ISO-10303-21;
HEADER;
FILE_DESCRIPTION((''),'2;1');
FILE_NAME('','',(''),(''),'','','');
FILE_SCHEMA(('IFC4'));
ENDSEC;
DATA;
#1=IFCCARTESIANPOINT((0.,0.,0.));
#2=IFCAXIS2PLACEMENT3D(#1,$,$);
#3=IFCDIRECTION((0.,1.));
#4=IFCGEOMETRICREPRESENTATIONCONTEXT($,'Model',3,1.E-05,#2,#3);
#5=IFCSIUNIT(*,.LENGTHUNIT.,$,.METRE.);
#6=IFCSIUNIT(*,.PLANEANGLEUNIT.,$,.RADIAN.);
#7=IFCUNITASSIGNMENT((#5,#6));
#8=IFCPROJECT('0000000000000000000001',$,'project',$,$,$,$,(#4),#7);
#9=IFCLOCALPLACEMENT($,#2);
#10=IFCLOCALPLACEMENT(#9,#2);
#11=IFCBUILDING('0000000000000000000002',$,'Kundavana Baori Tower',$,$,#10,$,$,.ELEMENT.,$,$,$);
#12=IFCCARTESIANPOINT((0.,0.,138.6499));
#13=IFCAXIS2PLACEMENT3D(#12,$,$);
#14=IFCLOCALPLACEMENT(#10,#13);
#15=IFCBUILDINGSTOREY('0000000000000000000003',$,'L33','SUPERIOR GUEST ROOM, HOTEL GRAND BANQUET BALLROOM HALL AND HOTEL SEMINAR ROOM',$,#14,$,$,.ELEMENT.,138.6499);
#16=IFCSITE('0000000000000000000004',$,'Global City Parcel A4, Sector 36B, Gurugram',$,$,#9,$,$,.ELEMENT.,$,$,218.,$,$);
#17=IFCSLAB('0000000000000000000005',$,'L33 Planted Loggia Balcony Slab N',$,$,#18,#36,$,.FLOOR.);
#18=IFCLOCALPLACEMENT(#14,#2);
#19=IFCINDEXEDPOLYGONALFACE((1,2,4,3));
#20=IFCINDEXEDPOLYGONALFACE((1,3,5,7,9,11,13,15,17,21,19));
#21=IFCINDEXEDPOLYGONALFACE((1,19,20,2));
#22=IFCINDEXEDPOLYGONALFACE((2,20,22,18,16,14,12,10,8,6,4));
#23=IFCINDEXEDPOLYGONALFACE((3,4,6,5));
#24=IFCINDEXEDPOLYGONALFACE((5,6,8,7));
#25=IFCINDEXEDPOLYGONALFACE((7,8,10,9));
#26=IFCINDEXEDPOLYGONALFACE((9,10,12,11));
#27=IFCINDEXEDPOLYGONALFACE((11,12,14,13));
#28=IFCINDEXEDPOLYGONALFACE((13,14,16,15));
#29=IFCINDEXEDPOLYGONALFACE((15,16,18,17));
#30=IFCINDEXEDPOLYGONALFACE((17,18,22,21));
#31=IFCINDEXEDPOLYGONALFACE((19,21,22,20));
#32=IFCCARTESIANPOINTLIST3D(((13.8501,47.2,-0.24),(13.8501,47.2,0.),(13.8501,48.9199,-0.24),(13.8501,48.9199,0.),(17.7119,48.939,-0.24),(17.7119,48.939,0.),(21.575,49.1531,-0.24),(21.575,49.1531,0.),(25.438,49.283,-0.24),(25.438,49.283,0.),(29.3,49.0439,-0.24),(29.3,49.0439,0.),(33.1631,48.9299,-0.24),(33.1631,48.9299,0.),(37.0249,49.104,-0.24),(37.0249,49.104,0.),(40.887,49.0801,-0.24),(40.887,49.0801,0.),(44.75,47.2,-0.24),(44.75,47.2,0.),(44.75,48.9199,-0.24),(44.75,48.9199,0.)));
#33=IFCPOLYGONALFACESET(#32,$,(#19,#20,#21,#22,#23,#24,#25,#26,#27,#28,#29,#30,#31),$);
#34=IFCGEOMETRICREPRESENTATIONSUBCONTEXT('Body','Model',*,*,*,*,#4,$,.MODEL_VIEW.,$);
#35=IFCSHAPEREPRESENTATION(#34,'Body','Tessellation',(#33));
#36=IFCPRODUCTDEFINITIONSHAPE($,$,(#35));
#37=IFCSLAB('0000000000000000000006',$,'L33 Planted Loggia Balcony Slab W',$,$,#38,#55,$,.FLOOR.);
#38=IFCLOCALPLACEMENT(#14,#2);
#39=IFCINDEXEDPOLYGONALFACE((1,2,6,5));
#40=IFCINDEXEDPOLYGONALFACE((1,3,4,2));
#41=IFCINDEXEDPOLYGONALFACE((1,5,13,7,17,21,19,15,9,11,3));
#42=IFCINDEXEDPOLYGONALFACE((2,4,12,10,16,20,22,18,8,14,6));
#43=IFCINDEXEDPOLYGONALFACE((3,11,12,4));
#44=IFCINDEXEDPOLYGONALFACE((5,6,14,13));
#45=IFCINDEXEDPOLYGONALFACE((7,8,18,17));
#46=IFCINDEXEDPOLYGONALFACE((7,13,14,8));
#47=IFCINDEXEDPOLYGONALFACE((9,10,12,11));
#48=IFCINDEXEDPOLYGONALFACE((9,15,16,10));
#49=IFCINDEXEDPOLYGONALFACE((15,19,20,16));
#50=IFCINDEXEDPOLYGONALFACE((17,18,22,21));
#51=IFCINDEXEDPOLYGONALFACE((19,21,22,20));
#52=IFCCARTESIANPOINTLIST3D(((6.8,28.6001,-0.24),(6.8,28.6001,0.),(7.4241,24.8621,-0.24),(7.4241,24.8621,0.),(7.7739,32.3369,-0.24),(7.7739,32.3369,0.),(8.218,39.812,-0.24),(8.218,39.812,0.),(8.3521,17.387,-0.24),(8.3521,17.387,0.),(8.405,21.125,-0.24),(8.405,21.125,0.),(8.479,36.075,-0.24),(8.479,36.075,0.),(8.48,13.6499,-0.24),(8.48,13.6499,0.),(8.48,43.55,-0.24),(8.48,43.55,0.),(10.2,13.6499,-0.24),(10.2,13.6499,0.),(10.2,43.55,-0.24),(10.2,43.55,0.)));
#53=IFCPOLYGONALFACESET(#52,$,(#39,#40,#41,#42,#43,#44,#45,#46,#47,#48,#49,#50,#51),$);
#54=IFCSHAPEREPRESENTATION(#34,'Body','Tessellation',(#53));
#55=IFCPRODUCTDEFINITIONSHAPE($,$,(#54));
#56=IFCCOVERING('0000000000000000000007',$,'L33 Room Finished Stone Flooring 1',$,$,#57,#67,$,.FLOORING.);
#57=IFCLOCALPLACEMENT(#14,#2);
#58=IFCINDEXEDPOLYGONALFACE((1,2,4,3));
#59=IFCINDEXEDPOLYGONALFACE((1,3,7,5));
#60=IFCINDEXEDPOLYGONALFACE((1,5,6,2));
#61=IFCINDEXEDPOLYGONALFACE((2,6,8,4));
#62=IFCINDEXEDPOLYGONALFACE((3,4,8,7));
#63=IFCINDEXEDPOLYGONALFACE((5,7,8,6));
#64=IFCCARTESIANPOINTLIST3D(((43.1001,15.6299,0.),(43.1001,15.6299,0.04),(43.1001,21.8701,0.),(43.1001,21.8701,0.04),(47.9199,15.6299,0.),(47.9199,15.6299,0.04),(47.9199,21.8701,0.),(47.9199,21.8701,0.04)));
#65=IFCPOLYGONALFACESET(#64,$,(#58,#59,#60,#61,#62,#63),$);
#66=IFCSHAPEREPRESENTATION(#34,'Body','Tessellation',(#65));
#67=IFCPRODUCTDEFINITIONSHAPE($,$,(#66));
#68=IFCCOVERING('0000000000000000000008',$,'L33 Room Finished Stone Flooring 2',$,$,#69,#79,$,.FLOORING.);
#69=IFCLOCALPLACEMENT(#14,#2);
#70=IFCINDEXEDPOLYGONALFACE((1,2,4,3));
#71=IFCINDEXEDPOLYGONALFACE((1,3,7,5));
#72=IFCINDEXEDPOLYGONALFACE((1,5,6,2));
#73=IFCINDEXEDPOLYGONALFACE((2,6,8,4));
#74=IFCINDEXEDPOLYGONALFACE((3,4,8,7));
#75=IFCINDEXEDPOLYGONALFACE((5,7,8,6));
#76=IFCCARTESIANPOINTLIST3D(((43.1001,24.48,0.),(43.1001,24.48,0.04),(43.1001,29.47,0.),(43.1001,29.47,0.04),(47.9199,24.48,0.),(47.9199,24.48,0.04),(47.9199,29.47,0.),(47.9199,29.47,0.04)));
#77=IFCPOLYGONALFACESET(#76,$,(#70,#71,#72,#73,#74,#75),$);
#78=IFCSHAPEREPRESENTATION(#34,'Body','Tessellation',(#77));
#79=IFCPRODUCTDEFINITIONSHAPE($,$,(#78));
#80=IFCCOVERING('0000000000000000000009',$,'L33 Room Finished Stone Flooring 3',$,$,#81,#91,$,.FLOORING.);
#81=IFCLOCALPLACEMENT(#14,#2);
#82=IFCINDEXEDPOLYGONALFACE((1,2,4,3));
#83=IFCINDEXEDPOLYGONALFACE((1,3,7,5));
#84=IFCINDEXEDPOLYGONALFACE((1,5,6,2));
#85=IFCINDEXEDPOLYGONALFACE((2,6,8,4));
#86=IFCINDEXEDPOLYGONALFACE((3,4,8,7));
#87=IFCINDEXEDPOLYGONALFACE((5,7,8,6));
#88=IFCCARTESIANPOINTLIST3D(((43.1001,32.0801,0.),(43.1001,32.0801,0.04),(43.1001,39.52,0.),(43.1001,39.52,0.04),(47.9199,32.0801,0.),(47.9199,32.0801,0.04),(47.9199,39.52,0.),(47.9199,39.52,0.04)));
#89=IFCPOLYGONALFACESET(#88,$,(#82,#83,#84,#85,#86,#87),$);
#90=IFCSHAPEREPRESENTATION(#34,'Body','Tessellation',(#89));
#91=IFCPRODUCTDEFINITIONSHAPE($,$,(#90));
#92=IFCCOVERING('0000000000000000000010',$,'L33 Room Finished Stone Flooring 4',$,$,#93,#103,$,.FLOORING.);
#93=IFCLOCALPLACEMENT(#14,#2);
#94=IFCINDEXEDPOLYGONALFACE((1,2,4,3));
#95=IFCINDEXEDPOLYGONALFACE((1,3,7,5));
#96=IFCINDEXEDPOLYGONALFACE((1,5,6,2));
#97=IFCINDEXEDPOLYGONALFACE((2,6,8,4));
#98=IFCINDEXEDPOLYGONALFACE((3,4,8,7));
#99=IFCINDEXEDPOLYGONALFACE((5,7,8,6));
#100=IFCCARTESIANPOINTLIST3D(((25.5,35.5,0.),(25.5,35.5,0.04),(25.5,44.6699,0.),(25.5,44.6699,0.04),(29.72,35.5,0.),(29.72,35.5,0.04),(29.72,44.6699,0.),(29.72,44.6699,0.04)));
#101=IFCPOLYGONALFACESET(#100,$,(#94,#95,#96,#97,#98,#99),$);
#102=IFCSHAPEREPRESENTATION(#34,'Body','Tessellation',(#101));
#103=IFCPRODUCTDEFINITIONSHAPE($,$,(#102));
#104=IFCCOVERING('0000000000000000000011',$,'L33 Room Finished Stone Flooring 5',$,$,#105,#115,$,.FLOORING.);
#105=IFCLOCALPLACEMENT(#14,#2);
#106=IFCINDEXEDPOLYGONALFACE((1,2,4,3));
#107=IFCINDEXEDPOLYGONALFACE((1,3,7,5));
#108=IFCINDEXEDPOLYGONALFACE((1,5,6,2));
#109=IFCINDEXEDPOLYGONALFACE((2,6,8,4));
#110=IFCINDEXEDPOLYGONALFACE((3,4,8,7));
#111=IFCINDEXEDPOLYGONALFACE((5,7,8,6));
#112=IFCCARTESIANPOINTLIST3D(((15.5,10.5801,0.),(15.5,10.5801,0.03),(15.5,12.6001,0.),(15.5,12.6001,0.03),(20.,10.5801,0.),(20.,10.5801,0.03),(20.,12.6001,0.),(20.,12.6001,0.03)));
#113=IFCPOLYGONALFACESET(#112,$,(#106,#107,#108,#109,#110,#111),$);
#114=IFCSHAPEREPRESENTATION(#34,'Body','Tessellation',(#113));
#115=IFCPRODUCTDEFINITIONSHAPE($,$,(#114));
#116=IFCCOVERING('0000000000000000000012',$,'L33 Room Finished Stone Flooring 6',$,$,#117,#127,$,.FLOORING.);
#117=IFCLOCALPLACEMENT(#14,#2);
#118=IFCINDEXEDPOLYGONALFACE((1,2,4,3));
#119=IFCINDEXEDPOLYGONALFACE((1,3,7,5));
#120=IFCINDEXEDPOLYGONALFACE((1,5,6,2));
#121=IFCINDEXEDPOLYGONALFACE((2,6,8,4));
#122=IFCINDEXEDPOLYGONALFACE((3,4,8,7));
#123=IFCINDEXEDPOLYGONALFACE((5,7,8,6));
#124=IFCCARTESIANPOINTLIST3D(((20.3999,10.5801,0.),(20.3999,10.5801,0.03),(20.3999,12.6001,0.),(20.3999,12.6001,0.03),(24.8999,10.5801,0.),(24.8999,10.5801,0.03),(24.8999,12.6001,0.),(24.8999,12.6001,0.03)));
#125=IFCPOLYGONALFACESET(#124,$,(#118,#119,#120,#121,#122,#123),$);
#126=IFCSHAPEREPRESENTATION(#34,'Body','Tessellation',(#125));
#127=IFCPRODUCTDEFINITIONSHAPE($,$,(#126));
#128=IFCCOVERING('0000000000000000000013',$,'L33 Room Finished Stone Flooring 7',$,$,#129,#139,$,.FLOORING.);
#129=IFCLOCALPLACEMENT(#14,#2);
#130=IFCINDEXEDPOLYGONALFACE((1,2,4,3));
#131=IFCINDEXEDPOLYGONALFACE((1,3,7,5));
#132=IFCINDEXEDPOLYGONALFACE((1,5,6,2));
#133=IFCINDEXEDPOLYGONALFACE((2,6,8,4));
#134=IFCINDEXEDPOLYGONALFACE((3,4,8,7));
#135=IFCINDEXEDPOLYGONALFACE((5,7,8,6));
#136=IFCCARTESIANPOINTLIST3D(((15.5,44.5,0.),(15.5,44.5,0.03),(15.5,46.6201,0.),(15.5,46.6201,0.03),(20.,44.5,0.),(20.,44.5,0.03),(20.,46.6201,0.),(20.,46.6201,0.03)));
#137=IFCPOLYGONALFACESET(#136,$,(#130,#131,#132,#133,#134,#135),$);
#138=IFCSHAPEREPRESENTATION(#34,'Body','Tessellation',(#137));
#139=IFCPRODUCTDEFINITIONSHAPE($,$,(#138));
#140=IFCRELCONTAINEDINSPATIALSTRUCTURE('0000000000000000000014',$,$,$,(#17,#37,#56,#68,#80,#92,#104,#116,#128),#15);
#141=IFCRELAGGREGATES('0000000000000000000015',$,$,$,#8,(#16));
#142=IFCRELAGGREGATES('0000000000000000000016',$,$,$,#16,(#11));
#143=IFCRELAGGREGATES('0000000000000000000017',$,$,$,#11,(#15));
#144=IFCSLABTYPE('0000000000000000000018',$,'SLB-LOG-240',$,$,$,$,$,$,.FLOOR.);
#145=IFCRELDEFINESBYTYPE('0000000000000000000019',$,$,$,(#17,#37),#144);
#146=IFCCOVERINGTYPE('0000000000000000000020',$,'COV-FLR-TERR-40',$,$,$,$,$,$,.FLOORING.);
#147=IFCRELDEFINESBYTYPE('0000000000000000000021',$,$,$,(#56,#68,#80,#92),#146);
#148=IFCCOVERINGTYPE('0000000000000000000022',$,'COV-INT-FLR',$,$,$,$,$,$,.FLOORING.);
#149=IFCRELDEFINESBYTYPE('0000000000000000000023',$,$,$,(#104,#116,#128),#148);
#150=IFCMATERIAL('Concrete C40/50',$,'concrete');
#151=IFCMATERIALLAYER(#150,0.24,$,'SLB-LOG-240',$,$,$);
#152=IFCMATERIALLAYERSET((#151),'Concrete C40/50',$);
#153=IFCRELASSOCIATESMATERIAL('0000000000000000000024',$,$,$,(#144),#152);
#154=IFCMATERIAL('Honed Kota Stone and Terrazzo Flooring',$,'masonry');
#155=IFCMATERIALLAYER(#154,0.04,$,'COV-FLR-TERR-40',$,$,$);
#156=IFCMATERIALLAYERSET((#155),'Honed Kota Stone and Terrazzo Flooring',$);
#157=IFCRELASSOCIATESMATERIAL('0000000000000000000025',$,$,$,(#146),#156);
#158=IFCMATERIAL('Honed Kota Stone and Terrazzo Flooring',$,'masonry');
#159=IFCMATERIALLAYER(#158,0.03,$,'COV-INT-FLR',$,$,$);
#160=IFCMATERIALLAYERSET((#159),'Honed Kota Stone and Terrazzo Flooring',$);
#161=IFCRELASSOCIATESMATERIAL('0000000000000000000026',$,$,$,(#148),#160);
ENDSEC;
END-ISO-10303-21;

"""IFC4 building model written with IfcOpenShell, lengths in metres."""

from ifc_helpers import new_model, si_unit, direction, frame, origin, place, context, subcontext, project, spatial, polyline, outline, extrude, material, layer, layer_set, type_object, element, save


model = new_model("IFC4")

# Units and contexts
model_context = context("Model", 3, precision=1e-05, world=origin(), true_north=direction((0.0, 1.0)))
body_context = subcontext(model_context, "Body", "Model", "MODEL_VIEW")
ifc_project = project(units=[si_unit("LENGTHUNIT", "METRE"), si_unit("PLANEANGLEUNIT", "RADIAN")], contexts=[model_context])

# Site, building, storey
site_placement = place(None, origin())
site = spatial("IfcSite", under=ifc_project, at=site_placement, Name="Global City Parcel A4, Sector 36B, Gurugram", CompositionType="ELEMENT", RefElevation=218.0)
building_placement = place(site_placement, origin())
building = spatial("IfcBuilding", under=site, at=building_placement, Name="Kundavana Baori Tower", CompositionType="ELEMENT")
storey_placement = place(building_placement, frame((0.0, 0.0, 138.6499)))
storey = spatial("IfcBuildingStorey", under=building, at=storey_placement, Name="L33", Description="SUPERIOR GUEST ROOM, HOTEL GRAND BANQUET BALLROOM HALL AND HOTEL SEMINAR ROOM", CompositionType="ELEMENT", Elevation=138.6499)

# Slabs
ifc_material_1 = material(Name="Concrete C40/50", Category="concrete")
ifc_layer_1 = layer(ifc_material_1, 0.24, Name="SLB-LOG-240")
ifc_layer_set_1 = layer_set([ifc_layer_1], Name="Concrete C40/50")
slab_type_1 = type_object("IfcSlabType", Name="SLB-LOG-240", PredefinedType="FLOOR", material=ifc_layer_set_1)
slab_1_placement = place(storey_placement, frame((0.0, 0.0, -0.24)))
element("IfcSlab", 1, at=slab_1_placement, inside=storey, type_object=slab_type_1, Name="L33 Planted Loggia Balcony Slab N", PredefinedType="FLOOR", context=body_context, shape_type="SweptSolid", body=[
    extrude(outline(polyline([(44.75, 47.2), (13.8501, 47.2), (13.8501, 48.9199), (17.7119, 48.939), (21.575, 49.1531), (25.438, 49.283), (29.3, 49.0439), (33.1631, 48.9299), (37.0249, 49.104), (40.887, 49.0801), (44.75, 48.9199), (44.75, 47.2)])), origin(), (0.0, 0.0, 1.0), 0.24),
])
slab_2_placement = place(storey_placement, frame((0.0, 0.0, -0.24)))
element("IfcSlab", 2, at=slab_2_placement, inside=storey, type_object=slab_type_1, Name="L33 Planted Loggia Balcony Slab W", PredefinedType="FLOOR", context=body_context, shape_type="SweptSolid", body=[
    extrude(outline(polyline([(10.2, 43.55), (10.2, 13.6499), (8.48, 13.6499), (8.3521, 17.387), (8.405, 21.125), (7.4241, 24.8621), (6.8, 28.6001), (7.7739, 32.3369), (8.479, 36.075), (8.218, 39.812), (8.48, 43.55), (10.2, 43.55)])), origin(), (0.0, 0.0, 1.0), 0.24),
])

# Coverings
ifc_material_2 = material(Name="Honed Kota Stone and Terrazzo Flooring", Category="masonry")
ifc_layer_2 = layer(ifc_material_2, 0.04, Name="COV-FLR-TERR-40")
ifc_layer_set_2 = layer_set([ifc_layer_2], Name="Honed Kota Stone and Terrazzo Flooring")
covering_type_1 = type_object("IfcCoveringType", Name="COV-FLR-TERR-40", PredefinedType="FLOORING", material=ifc_layer_set_2)
covering_1_placement = place(storey_placement, origin())
element("IfcCovering", 3, at=covering_1_placement, inside=storey, type_object=covering_type_1, Name="L33 Room Finished Stone Flooring 1", PredefinedType="FLOORING", context=body_context, shape_type="SweptSolid", body=[
    extrude(outline(polyline([(43.1001, 15.6299), (47.9199, 15.6299), (47.9199, 21.8701), (43.1001, 21.8701), (43.1001, 15.6299)])), origin(), (0.0, 0.0, 1.0), 0.04),
])
covering_2_placement = place(storey_placement, origin())
element("IfcCovering", 4, at=covering_2_placement, inside=storey, type_object=covering_type_1, Name="L33 Room Finished Stone Flooring 2", PredefinedType="FLOORING", context=body_context, shape_type="SweptSolid", body=[
    extrude(outline(polyline([(43.1001, 24.48), (47.9199, 24.48), (47.9199, 29.47), (43.1001, 29.47), (43.1001, 24.48)])), origin(), (0.0, 0.0, 1.0), 0.04),
])
covering_3_placement = place(storey_placement, origin())
element("IfcCovering", 5, at=covering_3_placement, inside=storey, type_object=covering_type_1, Name="L33 Room Finished Stone Flooring 3", PredefinedType="FLOORING", context=body_context, shape_type="SweptSolid", body=[
    extrude(outline(polyline([(43.1001, 32.0801), (47.9199, 32.0801), (47.9199, 39.52), (43.1001, 39.52), (43.1001, 32.0801)])), origin(), (0.0, 0.0, 1.0), 0.04),
])
covering_4_placement = place(storey_placement, origin())
element("IfcCovering", 6, at=covering_4_placement, inside=storey, type_object=covering_type_1, Name="L33 Room Finished Stone Flooring 4", PredefinedType="FLOORING", context=body_context, shape_type="SweptSolid", body=[
    extrude(outline(polyline([(25.5, 35.5), (29.72, 35.5), (29.72, 44.6699), (25.5, 44.6699), (25.5, 35.5)])), origin(), (0.0, 0.0, 1.0), 0.04),
])
ifc_material_3 = material(Name="Honed Kota Stone and Terrazzo Flooring", Category="masonry")
ifc_layer_3 = layer(ifc_material_3, 0.03, Name="COV-INT-FLR")
ifc_layer_set_3 = layer_set([ifc_layer_3], Name="Honed Kota Stone and Terrazzo Flooring")
covering_type_2 = type_object("IfcCoveringType", Name="COV-INT-FLR", PredefinedType="FLOORING", material=ifc_layer_set_3)
covering_5_placement = place(storey_placement, origin())
element("IfcCovering", 7, at=covering_5_placement, inside=storey, type_object=covering_type_2, Name="L33 Room Finished Stone Flooring 5", PredefinedType="FLOORING", context=body_context, shape_type="SweptSolid", body=[
    extrude(outline(polyline([(15.5, 10.5801), (20.0, 10.5801), (20.0, 12.6001), (15.5, 12.6001), (15.5, 10.5801)])), origin(), (0.0, 0.0, 1.0), 0.03),
])
covering_6_placement = place(storey_placement, origin())
element("IfcCovering", 8, at=covering_6_placement, inside=storey, type_object=covering_type_2, Name="L33 Room Finished Stone Flooring 6", PredefinedType="FLOORING", context=body_context, shape_type="SweptSolid", body=[
    extrude(outline(polyline([(20.3999, 10.5801), (24.8999, 10.5801), (24.8999, 12.6001), (20.3999, 12.6001), (20.3999, 10.5801)])), origin(), (0.0, 0.0, 1.0), 0.03),
])
covering_7_placement = place(storey_placement, origin())
element("IfcCovering", 9, at=covering_7_placement, inside=storey, type_object=covering_type_2, Name="L33 Room Finished Stone Flooring 7", PredefinedType="FLOORING", context=body_context, shape_type="SweptSolid", body=[
    extrude(outline(polyline([(15.5, 44.5), (20.0, 44.5), (20.0, 46.6201), (15.5, 46.6201), (15.5, 44.5)])), origin(), (0.0, 0.0, 1.0), 0.03),
])

save(model, "model.ifc")
